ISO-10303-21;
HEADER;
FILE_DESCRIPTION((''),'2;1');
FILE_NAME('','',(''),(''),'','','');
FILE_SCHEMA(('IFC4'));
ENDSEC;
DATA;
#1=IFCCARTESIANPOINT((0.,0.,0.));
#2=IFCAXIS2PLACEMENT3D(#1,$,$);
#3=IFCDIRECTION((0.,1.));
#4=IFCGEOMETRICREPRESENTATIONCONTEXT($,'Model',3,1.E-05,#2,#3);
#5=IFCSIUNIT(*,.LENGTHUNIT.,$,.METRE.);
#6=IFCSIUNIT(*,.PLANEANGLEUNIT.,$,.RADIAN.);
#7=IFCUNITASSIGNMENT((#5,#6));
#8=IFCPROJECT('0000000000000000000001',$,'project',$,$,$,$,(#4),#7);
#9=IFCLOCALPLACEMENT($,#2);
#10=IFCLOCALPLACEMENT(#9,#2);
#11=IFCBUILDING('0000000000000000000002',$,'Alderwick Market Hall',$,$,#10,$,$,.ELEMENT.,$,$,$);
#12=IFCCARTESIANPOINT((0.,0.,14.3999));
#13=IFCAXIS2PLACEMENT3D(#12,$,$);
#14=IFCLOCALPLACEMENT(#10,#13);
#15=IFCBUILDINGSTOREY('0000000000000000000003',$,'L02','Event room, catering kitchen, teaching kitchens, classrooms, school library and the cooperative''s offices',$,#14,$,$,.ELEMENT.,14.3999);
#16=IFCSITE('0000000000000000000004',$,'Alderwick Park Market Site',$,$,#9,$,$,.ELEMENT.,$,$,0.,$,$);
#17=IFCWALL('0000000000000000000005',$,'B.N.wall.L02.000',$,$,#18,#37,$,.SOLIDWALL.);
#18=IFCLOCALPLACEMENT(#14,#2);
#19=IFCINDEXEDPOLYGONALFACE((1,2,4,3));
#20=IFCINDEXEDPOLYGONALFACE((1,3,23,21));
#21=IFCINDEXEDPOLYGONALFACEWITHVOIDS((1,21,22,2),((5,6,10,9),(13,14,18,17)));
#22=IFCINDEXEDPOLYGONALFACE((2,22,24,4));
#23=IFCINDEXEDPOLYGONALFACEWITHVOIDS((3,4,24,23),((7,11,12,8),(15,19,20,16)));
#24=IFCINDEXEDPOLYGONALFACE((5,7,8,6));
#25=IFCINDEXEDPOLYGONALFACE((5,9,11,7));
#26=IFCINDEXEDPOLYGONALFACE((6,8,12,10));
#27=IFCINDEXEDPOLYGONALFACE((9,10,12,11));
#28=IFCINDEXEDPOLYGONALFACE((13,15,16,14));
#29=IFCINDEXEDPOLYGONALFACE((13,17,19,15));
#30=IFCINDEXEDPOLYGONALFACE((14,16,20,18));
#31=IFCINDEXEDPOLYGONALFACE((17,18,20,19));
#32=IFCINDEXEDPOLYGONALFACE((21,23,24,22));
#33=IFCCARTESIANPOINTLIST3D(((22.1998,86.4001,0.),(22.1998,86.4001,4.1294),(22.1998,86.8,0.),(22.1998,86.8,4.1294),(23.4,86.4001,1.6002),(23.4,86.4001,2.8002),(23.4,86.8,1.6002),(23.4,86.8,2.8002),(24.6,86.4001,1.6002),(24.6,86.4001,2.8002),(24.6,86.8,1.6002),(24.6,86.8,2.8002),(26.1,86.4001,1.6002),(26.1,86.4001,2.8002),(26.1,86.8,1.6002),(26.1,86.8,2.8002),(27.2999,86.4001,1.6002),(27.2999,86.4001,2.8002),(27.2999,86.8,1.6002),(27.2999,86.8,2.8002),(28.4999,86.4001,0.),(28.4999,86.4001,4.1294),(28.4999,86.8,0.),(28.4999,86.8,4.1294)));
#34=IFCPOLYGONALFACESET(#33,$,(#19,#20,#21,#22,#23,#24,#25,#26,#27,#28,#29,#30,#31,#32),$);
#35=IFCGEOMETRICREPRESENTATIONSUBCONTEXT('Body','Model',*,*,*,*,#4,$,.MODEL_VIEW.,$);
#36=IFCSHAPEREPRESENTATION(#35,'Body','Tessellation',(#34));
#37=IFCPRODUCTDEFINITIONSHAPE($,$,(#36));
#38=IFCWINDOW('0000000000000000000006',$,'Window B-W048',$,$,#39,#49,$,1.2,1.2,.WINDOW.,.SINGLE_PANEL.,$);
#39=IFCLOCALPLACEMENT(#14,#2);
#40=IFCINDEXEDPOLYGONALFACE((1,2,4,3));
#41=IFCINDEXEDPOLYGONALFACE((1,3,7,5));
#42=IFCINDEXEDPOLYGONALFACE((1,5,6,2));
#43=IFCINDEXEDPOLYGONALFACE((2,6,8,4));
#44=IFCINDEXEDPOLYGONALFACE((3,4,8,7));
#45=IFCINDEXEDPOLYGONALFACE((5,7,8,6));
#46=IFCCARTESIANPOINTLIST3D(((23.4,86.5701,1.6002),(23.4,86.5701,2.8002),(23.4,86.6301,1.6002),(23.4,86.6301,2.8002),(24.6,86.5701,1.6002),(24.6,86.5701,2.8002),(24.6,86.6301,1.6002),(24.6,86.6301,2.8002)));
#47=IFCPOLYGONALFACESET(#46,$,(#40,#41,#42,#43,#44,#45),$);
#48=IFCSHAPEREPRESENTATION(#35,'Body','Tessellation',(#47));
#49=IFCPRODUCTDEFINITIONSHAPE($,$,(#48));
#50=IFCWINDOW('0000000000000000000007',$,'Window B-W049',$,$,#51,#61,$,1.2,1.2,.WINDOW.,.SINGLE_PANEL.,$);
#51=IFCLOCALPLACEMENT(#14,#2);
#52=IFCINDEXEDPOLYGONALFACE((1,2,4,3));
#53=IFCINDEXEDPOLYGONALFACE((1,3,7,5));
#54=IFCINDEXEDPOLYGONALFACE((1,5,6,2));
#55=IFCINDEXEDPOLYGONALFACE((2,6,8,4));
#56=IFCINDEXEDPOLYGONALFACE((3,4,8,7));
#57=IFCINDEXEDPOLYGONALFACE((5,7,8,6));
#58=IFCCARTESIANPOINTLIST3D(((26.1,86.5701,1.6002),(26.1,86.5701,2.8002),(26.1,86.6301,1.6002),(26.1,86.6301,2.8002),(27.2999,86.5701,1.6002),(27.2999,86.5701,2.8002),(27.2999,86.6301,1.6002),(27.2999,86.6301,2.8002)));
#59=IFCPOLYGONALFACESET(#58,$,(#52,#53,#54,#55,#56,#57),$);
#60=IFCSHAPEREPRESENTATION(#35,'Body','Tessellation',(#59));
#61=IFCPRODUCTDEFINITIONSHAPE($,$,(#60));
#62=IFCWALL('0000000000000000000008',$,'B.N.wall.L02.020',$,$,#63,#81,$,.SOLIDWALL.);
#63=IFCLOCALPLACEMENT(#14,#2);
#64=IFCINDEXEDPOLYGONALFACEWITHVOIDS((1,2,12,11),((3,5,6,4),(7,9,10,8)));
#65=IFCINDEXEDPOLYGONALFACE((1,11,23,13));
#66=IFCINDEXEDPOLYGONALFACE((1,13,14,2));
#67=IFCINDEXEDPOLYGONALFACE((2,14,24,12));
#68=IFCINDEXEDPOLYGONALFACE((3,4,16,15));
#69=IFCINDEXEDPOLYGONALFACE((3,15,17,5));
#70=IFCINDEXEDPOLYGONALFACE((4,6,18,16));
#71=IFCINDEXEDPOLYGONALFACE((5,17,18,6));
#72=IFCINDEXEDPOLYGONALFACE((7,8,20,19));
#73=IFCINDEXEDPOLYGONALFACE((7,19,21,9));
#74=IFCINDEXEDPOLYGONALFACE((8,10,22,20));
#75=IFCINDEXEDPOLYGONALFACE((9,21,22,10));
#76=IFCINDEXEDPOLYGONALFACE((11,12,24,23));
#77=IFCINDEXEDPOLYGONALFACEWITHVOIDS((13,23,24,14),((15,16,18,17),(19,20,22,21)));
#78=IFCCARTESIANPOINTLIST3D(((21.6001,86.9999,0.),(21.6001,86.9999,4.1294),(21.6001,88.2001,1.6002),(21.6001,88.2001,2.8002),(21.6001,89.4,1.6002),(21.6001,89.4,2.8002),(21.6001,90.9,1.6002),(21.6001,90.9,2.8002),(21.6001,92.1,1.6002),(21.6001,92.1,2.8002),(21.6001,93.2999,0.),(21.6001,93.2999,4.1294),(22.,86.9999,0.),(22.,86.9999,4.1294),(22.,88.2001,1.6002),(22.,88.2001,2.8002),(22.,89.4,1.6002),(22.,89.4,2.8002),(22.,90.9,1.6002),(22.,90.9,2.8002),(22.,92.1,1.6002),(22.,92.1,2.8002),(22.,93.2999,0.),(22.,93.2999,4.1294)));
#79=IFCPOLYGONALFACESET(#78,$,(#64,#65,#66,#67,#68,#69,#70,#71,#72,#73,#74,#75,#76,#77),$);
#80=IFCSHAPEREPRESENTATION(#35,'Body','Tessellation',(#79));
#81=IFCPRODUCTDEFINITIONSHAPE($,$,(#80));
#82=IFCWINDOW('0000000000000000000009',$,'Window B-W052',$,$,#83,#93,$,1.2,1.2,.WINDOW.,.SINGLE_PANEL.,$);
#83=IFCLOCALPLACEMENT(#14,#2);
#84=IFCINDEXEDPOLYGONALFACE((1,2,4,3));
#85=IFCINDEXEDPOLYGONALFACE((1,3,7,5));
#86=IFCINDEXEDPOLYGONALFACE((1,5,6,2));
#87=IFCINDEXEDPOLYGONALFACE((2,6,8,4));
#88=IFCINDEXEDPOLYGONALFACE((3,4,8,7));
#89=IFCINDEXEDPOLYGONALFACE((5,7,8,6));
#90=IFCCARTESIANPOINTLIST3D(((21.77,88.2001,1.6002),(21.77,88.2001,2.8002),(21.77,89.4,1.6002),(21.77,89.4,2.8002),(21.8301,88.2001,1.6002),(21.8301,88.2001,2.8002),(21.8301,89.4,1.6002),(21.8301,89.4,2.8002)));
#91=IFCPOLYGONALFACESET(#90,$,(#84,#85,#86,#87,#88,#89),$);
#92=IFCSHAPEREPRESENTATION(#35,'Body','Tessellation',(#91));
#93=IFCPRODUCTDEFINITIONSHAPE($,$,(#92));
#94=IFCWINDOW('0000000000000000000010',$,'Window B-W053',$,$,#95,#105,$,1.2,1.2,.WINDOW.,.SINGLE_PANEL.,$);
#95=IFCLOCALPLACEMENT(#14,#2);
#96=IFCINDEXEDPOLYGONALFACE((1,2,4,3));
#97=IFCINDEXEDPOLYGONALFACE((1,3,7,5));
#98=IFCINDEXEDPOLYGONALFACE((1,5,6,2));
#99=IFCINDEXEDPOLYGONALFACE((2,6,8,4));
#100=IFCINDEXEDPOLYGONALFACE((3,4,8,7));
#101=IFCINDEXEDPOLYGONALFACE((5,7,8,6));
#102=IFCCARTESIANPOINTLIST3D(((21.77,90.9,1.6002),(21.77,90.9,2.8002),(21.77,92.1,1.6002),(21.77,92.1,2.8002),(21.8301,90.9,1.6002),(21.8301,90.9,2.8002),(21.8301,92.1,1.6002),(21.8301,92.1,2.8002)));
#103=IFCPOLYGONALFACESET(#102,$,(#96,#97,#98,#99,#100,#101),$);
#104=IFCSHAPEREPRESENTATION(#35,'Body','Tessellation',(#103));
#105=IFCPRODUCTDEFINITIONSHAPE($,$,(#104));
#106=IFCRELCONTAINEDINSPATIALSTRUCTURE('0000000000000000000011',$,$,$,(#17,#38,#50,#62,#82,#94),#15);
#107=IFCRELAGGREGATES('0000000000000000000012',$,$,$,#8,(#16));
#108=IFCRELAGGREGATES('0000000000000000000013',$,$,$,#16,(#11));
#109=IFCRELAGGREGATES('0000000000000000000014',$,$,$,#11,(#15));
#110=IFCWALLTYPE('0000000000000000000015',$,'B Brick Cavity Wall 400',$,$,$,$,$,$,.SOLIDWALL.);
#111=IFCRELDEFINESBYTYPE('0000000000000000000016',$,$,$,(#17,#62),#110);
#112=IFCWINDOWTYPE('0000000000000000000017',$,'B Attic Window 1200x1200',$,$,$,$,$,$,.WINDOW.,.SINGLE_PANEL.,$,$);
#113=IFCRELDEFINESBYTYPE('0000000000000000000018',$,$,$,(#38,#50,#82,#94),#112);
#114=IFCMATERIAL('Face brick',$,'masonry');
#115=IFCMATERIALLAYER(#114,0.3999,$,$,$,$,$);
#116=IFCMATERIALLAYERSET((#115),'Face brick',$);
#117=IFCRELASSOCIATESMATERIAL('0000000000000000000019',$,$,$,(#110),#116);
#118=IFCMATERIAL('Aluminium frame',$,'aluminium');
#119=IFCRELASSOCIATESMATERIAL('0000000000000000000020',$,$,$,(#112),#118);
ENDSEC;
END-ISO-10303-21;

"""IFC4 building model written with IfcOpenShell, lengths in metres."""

from ifc_helpers import new_model, si_unit, direction, frame, frame_2d, origin, place, context, subcontext, project, spatial, rectangle, extrude, material, layer, layer_set, type_object, element, fill, save


model = new_model("IFC4")

# Units and contexts
model_context = context("Model", 3, precision=1e-05, world=origin(), true_north=direction((0.0, 1.0)))
body_context = subcontext(model_context, "Body", "Model", "MODEL_VIEW")
ifc_project = project(units=[si_unit("LENGTHUNIT", "METRE"), si_unit("PLANEANGLEUNIT", "RADIAN")], contexts=[model_context])

# Site, building, storey
site_placement = place(None, origin())
site = spatial("IfcSite", under=ifc_project, at=site_placement, Name="Alderwick Park Market Site", CompositionType="ELEMENT", RefElevation=0.0)
building_placement = place(site_placement, origin())
building = spatial("IfcBuilding", under=site, at=building_placement, Name="Alderwick Market Hall", CompositionType="ELEMENT")
storey_placement = place(building_placement, frame((0.0, 0.0, 14.3999)))
storey = spatial("IfcBuildingStorey", under=building, at=storey_placement, Name="L02", Description="Event room, catering kitchen, teaching kitchens, classrooms, school library and the cooperative's offices", CompositionType="ELEMENT", Elevation=14.3999)

# Walls, openings, windows
ifc_material_1 = material(Name="Face brick", Category="masonry")
ifc_layer_1 = layer(ifc_material_1, 0.3999)
ifc_layer_set_1 = layer_set([ifc_layer_1], Name="Face brick")
wall_type = type_object("IfcWallType", Name="B Brick Cavity Wall 400", PredefinedType="SOLIDWALL", material=ifc_layer_set_1)
wall_1_placement = place(storey_placement, frame((22.2, 86.6001, 0.0), z_axis=(0.0, 0.0, 1.0), x_axis=(1.0, 0.0, 0.0)))
wall_1 = element("IfcWall", 1, at=wall_1_placement, inside=storey, type_object=wall_type, Name="B.N.wall.L02.000", PredefinedType="SOLIDWALL", context=body_context, shape_type="SweptSolid", body=[
    extrude(rectangle(XDim=6.3, YDim=0.3999, at=frame_2d((3.1499, 0.0))), origin(), (0.0, 0.0, 1.0), 4.1294),
])
opening_1_placement = place(wall_1_placement, frame((1.2, 0.0, 1.6001)))
opening_1 = element("IfcOpeningElement", 2, at=opening_1_placement, cuts=wall_1, PredefinedType="OPENING", context=body_context, shape_type="SweptSolid", body=[
    extrude(rectangle(XDim=1.2, YDim=1.2, at=frame_2d((0.6001, 0.6001))), frame((0.0, 0.21, 0.0), z_axis=(0.0, -1.0, 0.0), x_axis=(1.0, 0.0, 0.0)), (0.0, 0.0, 1.0), 0.4199),
])
opening_2_placement = place(wall_1_placement, frame((3.8999, 0.0, 1.6001)))
opening_2 = element("IfcOpeningElement", 3, at=opening_2_placement, cuts=wall_1, PredefinedType="OPENING", context=body_context, shape_type="SweptSolid", body=[
    extrude(rectangle(XDim=1.2, YDim=1.2, at=frame_2d((0.6001, 0.6001))), frame((0.0, 0.21, 0.0), z_axis=(0.0, -1.0, 0.0), x_axis=(1.0, 0.0, 0.0)), (0.0, 0.0, 1.0), 0.4199),
])
ifc_material_2 = material(Name="Aluminium frame", Category="aluminium")
window_type_1 = type_object("IfcWindowType", Name="B Attic Window 1200x1200", PartitioningType="SINGLE_PANEL", PredefinedType="WINDOW", material=ifc_material_2)
window_1_placement = place(opening_1_placement, origin())
window_1 = element("IfcWindow", 4, at=window_1_placement, inside=storey, type_object=window_type_1, Name="Window B-W048", OverallHeight=1.2, OverallWidth=1.2, PartitioningType="SINGLE_PANEL", PredefinedType="WINDOW", context=body_context, shape_type="SweptSolid", body=[
    extrude(rectangle(XDim=1.2, YDim=1.2, at=frame_2d((0.6001, 0.6001))), frame((0.0, 0.03, 0.0), z_axis=(0.0, -1.0, 0.0), x_axis=(1.0, 0.0, 0.0)), (0.0, 0.0, 1.0), 0.0601),
])
fill(opening_1, window_1)
window_2_placement = place(opening_2_placement, origin())
window_2 = element("IfcWindow", 5, at=window_2_placement, inside=storey, type_object=window_type_1, Name="Window B-W049", OverallHeight=1.2, OverallWidth=1.2, PartitioningType="SINGLE_PANEL", PredefinedType="WINDOW", context=body_context, shape_type="SweptSolid", body=[
    extrude(rectangle(XDim=1.2, YDim=1.2, at=frame_2d((0.6001, 0.6001))), frame((0.0, 0.03, 0.0), z_axis=(0.0, -1.0, 0.0), x_axis=(1.0, 0.0, 0.0)), (0.0, 0.0, 1.0), 0.0601),
])
fill(opening_2, window_2)
wall_2_placement = place(storey_placement, frame((21.8, 87.0, 0.0), z_axis=(0.0, 0.0, 1.0), x_axis=(0.0, 1.0, 0.0)))
wall_2 = element("IfcWall", 6, at=wall_2_placement, inside=storey, type_object=wall_type, Name="B.N.wall.L02.020", PredefinedType="SOLIDWALL", context=body_context, shape_type="SweptSolid", body=[
    extrude(rectangle(XDim=6.3, YDim=0.3999, at=frame_2d((3.1499, 0.0))), origin(), (0.0, 0.0, 1.0), 4.1294),
])
opening_3_placement = place(wall_2_placement, frame((1.2, 0.0, 1.6001)))
opening_3 = element("IfcOpeningElement", 7, at=opening_3_placement, cuts=wall_2, PredefinedType="OPENING", context=body_context, shape_type="SweptSolid", body=[
    extrude(rectangle(XDim=1.2, YDim=1.2, at=frame_2d((0.6001, 0.6001))), frame((0.0, 0.21, 0.0), z_axis=(0.0, -1.0, 0.0), x_axis=(1.0, 0.0, 0.0)), (0.0, 0.0, 1.0), 0.4199),
])
opening_4_placement = place(wall_2_placement, frame((3.8999, 0.0, 1.6001)))
opening_4 = element("IfcOpeningElement", 8, at=opening_4_placement, cuts=wall_2, PredefinedType="OPENING", context=body_context, shape_type="SweptSolid", body=[
    extrude(rectangle(XDim=1.2, YDim=1.2, at=frame_2d((0.6001, 0.6001))), frame((0.0, 0.21, 0.0), z_axis=(0.0, -1.0, 0.0), x_axis=(1.0, 0.0, 0.0)), (0.0, 0.0, 1.0), 0.4199),
])
window_3_placement = place(opening_3_placement, origin())
window_3 = element("IfcWindow", 9, at=window_3_placement, inside=storey, type_object=window_type_1, Name="Window B-W052", OverallHeight=1.2, OverallWidth=1.2, PartitioningType="SINGLE_PANEL", PredefinedType="WINDOW", context=body_context, shape_type="SweptSolid", body=[
    extrude(rectangle(XDim=1.2, YDim=1.2, at=frame_2d((0.6001, 0.6001))), frame((0.0, 0.03, 0.0), z_axis=(0.0, -1.0, 0.0), x_axis=(1.0, 0.0, 0.0)), (0.0, 0.0, 1.0), 0.0601),
])
fill(opening_3, window_3)
window_4_placement = place(opening_4_placement, origin())
window_4 = element("IfcWindow", 10, at=window_4_placement, inside=storey, type_object=window_type_1, Name="Window B-W053", OverallHeight=1.2, OverallWidth=1.2, PartitioningType="SINGLE_PANEL", PredefinedType="WINDOW", context=body_context, shape_type="SweptSolid", body=[
    extrude(rectangle(XDim=1.2, YDim=1.2, at=frame_2d((0.6001, 0.6001))), frame((0.0, 0.03, 0.0), z_axis=(0.0, -1.0, 0.0), x_axis=(1.0, 0.0, 0.0)), (0.0, 0.0, 1.0), 0.0601),
])
fill(opening_4, window_4)

save(model, "model.ifc")
